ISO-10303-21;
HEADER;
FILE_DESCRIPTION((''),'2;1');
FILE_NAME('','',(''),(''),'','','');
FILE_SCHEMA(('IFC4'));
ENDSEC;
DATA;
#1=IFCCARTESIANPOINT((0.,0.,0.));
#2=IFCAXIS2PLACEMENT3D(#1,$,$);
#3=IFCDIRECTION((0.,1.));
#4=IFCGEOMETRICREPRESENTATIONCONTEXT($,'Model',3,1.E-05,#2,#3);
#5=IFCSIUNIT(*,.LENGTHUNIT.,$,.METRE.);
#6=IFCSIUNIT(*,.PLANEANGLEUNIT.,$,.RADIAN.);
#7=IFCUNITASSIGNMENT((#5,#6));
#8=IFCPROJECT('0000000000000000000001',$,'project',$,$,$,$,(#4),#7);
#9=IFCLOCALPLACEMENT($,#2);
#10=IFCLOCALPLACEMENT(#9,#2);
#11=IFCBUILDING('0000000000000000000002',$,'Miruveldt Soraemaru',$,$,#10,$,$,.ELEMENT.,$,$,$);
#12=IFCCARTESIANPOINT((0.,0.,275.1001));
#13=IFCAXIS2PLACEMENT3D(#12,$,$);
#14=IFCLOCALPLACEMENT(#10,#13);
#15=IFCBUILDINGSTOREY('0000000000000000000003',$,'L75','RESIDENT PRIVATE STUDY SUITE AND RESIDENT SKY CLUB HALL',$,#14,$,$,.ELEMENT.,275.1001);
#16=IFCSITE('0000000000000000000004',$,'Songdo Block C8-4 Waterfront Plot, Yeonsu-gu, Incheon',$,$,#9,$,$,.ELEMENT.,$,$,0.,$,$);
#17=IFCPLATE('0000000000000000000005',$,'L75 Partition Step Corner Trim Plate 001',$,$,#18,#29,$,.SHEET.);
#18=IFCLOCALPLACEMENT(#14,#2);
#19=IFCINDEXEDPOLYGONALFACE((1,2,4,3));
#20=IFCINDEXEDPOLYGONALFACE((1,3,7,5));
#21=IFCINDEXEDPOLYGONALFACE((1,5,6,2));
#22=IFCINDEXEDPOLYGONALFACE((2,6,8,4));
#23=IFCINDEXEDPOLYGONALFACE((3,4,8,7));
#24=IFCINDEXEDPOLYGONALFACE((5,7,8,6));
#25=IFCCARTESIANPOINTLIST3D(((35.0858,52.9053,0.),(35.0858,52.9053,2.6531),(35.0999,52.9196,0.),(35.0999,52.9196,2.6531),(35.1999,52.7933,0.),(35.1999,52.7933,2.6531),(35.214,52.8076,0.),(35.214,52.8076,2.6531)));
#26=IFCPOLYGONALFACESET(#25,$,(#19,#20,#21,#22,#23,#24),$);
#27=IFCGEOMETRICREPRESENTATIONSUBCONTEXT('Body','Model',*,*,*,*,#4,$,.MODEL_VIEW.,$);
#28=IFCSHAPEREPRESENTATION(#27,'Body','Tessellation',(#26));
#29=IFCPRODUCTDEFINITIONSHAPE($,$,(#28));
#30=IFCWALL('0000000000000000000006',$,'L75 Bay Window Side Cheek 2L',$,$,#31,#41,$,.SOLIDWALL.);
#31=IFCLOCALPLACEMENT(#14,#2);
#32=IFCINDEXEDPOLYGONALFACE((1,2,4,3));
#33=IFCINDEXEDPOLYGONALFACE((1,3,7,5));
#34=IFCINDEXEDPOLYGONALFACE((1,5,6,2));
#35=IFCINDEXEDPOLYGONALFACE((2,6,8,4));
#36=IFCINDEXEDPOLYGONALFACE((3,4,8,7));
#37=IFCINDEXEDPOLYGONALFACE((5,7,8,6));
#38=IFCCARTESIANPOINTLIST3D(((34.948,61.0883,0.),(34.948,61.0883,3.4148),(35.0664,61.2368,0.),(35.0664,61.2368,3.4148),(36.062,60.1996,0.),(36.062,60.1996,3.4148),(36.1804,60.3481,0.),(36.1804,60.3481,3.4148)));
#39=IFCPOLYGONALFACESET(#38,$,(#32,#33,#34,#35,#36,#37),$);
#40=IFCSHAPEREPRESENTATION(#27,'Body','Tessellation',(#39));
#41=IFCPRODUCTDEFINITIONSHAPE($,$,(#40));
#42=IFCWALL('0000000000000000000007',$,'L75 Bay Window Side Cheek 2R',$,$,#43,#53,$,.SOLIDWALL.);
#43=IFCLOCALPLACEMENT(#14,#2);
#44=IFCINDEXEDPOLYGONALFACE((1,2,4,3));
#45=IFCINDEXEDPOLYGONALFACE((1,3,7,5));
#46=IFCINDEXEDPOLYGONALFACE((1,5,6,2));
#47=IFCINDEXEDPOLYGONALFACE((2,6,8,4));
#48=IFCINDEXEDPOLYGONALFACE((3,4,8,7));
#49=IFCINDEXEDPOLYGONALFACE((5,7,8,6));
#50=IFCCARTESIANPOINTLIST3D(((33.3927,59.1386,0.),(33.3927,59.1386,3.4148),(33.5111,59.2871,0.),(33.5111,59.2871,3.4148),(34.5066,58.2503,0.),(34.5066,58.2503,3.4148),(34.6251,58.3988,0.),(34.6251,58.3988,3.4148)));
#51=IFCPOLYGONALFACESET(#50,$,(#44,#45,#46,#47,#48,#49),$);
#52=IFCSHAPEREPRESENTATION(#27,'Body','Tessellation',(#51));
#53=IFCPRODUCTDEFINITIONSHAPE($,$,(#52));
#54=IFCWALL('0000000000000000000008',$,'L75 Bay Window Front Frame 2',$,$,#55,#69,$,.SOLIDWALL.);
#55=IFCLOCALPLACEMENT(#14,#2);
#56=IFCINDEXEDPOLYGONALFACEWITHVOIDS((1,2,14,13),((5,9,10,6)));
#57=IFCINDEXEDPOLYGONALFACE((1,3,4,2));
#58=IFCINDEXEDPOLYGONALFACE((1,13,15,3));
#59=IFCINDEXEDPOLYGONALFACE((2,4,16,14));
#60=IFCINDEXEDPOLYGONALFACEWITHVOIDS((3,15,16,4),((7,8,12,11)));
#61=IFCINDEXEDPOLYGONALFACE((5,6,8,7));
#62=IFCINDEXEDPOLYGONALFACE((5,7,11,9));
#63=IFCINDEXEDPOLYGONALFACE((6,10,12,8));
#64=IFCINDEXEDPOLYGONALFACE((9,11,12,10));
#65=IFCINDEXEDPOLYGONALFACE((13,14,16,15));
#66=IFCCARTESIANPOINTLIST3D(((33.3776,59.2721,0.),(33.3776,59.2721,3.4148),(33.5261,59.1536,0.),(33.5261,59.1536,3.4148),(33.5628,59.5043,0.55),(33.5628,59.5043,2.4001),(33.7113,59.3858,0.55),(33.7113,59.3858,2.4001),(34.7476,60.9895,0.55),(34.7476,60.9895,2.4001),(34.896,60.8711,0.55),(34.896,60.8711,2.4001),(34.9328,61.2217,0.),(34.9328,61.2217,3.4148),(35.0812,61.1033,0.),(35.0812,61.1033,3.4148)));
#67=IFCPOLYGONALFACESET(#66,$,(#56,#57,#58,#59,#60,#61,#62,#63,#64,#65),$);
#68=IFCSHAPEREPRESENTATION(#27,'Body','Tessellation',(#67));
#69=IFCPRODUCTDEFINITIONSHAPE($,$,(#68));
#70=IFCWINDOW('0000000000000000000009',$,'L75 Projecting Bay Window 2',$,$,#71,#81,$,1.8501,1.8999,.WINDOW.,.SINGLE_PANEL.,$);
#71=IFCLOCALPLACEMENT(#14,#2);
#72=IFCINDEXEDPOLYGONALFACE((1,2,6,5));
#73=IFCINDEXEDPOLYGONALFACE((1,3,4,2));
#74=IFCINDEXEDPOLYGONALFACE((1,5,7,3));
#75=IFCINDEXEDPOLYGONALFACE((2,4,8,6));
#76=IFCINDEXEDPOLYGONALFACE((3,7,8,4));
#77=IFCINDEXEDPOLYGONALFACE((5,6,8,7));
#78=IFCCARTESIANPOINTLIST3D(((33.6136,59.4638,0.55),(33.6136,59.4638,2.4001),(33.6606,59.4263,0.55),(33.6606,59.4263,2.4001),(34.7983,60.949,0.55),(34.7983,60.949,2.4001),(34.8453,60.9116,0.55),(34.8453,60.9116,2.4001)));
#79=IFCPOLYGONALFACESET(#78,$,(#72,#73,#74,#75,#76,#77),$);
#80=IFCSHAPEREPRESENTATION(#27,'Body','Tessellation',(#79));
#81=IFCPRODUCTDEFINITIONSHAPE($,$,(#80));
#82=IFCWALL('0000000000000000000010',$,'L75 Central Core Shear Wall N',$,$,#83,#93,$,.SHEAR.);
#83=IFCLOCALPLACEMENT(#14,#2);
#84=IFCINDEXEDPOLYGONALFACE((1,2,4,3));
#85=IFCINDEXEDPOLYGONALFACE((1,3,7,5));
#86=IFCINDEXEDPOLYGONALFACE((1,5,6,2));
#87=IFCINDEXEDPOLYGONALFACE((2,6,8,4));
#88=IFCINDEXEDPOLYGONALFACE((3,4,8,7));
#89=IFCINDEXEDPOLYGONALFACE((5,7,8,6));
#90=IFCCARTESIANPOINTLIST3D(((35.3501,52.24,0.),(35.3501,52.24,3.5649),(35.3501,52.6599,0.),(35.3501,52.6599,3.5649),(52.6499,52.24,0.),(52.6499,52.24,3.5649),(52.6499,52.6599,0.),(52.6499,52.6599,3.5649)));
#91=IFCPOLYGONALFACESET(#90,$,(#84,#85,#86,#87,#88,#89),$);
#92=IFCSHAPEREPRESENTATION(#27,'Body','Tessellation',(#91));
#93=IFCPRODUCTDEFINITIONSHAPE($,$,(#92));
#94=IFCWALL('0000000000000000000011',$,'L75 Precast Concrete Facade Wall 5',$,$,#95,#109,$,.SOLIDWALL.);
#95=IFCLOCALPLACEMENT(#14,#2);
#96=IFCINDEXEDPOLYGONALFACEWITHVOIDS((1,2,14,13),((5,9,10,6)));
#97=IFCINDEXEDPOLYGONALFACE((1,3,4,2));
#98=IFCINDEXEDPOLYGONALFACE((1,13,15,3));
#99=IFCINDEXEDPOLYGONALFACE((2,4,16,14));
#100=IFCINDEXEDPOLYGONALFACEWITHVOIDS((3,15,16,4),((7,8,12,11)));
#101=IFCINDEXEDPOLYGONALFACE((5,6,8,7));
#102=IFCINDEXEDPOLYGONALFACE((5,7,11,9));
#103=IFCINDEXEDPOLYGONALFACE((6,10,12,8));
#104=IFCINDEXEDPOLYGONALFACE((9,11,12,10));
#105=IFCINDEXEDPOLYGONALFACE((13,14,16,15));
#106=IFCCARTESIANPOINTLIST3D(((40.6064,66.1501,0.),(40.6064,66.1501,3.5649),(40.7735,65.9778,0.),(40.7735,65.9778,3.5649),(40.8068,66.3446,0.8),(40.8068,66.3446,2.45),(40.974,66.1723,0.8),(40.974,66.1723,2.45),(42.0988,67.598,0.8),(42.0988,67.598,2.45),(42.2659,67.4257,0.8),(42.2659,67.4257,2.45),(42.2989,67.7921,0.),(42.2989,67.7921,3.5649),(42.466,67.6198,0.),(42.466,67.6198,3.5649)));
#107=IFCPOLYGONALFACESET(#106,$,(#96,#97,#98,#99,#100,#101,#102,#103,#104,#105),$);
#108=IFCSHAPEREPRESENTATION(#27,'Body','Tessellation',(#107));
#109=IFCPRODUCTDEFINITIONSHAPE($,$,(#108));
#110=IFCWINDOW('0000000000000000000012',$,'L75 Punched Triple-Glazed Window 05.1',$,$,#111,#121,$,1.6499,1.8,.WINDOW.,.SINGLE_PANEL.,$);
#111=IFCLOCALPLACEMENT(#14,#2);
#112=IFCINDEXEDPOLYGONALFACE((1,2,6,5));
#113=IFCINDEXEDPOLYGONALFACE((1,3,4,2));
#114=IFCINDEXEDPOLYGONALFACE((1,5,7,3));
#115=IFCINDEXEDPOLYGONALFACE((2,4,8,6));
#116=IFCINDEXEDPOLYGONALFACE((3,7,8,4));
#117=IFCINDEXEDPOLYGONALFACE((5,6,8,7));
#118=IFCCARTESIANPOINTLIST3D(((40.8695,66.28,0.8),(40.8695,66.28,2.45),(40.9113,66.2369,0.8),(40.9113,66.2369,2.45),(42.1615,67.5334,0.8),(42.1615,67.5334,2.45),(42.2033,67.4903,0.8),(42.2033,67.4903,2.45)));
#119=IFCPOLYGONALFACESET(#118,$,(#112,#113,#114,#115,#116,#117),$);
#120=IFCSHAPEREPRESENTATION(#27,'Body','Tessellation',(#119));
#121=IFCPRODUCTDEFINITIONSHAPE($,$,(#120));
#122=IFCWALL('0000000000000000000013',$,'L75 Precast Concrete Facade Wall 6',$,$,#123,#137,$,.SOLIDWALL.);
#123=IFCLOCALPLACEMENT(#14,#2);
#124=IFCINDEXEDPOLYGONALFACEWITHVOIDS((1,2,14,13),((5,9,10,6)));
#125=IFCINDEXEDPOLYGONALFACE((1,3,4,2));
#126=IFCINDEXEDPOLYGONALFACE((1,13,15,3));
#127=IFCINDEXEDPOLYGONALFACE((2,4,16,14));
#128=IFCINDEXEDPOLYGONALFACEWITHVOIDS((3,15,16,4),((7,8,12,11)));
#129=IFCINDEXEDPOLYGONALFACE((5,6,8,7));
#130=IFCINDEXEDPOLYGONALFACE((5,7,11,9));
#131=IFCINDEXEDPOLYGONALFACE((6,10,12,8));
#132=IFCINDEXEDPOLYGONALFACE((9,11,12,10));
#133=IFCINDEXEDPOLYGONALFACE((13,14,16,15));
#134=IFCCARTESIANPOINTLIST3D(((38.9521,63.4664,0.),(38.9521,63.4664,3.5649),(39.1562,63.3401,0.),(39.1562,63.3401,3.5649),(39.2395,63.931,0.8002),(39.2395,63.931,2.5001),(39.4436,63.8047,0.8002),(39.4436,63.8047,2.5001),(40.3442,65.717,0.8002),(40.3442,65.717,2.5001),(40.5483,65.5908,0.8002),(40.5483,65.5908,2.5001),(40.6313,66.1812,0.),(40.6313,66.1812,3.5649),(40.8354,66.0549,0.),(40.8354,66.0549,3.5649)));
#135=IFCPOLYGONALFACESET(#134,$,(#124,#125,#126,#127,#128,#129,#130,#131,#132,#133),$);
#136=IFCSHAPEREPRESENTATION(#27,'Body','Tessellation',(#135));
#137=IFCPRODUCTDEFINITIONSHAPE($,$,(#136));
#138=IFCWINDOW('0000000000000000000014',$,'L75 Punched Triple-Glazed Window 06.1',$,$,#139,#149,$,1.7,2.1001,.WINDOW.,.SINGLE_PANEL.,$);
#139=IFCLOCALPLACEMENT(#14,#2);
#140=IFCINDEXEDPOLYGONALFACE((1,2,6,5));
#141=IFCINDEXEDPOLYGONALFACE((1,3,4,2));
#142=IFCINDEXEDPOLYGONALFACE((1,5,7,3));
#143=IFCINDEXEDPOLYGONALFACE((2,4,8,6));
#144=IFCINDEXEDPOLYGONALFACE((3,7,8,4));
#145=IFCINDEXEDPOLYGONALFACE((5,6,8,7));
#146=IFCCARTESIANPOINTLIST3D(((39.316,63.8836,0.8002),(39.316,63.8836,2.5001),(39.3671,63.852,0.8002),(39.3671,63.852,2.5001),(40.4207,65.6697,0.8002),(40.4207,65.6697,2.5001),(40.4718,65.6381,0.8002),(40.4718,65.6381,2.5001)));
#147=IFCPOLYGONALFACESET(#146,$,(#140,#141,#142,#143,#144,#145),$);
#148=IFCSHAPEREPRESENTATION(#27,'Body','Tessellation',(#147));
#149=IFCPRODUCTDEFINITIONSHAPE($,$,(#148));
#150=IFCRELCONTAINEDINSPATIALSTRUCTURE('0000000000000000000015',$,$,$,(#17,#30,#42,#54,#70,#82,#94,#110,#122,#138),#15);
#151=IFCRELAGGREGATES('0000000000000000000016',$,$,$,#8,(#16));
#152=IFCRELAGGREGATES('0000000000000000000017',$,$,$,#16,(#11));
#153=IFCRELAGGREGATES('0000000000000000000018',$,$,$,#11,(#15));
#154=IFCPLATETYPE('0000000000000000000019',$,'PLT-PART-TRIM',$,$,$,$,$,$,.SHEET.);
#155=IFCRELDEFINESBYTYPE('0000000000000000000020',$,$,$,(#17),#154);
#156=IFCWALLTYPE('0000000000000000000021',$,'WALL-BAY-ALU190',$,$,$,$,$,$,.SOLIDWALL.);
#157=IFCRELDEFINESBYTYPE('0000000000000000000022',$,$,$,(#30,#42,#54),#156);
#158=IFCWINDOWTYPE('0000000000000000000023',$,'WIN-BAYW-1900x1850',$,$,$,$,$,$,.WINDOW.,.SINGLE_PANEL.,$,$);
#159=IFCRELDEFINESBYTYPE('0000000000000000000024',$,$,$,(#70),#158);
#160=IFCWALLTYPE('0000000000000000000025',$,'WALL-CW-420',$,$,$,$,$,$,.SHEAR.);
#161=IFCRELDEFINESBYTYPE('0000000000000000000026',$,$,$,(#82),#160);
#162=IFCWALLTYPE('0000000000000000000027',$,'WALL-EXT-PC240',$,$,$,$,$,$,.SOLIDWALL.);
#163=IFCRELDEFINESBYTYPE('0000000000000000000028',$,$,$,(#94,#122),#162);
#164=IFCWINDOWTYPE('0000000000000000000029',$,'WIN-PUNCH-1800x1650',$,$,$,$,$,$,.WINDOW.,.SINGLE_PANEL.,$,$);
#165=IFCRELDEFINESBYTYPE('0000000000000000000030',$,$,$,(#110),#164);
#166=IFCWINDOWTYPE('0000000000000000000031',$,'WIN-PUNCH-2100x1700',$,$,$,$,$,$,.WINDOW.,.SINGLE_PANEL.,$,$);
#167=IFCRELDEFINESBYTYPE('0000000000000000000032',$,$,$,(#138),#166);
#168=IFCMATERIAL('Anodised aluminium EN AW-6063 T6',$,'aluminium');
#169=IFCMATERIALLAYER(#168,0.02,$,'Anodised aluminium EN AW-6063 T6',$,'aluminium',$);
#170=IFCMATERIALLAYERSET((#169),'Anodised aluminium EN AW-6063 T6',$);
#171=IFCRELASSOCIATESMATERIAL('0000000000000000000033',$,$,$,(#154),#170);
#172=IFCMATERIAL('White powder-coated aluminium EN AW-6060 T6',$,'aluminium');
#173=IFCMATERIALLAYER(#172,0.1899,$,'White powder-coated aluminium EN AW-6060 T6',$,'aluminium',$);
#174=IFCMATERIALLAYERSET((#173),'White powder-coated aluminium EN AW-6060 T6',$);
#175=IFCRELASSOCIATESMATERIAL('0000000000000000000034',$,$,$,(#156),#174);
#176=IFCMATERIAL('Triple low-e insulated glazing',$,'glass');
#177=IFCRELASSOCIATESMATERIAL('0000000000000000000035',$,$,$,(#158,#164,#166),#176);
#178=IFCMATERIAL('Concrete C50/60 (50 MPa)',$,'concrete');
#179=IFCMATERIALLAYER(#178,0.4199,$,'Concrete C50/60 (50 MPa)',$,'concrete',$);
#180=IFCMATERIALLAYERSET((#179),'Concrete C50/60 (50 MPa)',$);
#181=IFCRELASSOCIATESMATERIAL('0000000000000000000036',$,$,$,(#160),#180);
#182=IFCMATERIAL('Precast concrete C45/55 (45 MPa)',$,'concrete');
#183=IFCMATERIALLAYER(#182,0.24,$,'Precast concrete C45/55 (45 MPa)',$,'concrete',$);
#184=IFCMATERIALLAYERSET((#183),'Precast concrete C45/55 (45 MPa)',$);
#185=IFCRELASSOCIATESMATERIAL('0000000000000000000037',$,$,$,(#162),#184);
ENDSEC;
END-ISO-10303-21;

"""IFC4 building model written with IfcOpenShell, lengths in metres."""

from ifc_helpers import new_model, si_unit, direction, frame, frame_2d, origin, origin_2d, place, context, subcontext, project, spatial, rectangle, extrude, material, layer, layer_set, type_object, element, fill, save


model = new_model("IFC4")

# Units and contexts
model_context = context("Model", 3, precision=1e-05, world=origin(), true_north=direction((0.0, 1.0)))
body_context = subcontext(model_context, "Body", "Model", "MODEL_VIEW")
ifc_project = project(units=[si_unit("LENGTHUNIT", "METRE"), si_unit("PLANEANGLEUNIT", "RADIAN")], contexts=[model_context])

# Site, building, storey
site_placement = place(None, origin())
site = spatial("IfcSite", under=ifc_project, at=site_placement, Name="Songdo Block C8-4 Waterfront Plot, Yeonsu-gu, Incheon", CompositionType="ELEMENT", RefElevation=0.0)
building_placement = place(site_placement, origin())
building = spatial("IfcBuilding", under=site, at=building_placement, Name="Miruveldt Soraemaru", CompositionType="ELEMENT")
storey_placement = place(building_placement, frame((0.0, 0.0, 275.1001)))
storey = spatial("IfcBuildingStorey", under=building, at=storey_placement, Name="L75", Description="RESIDENT PRIVATE STUDY SUITE AND RESIDENT SKY CLUB HALL", CompositionType="ELEMENT", Elevation=275.1001)

# Plate
ifc_material_1 = material(Name="Anodised aluminium EN AW-6063 T6", Category="aluminium")
ifc_layer_1 = layer(ifc_material_1, 0.02, Name="Anodised aluminium EN AW-6063 T6", Category="aluminium")
ifc_layer_set_1 = layer_set([ifc_layer_1], Name="Anodised aluminium EN AW-6063 T6")
plate_type = type_object("IfcPlateType", Name="PLT-PART-TRIM", PredefinedType="SHEET", material=ifc_layer_set_1)
plate_placement = place(storey_placement, frame((35.1499, 52.8564, 0.0), z_axis=(0.0, 0.0, 1.0), x_axis=(0.713373, -0.700785, 0.0)))
element("IfcPlate", 1, at=plate_placement, inside=storey, type_object=plate_type, Name="L75 Partition Step Corner Trim Plate 001", PredefinedType="SHEET", context=body_context, shape_type="SweptSolid", body=[
    extrude(rectangle(XDim=0.1599, YDim=0.02, at=origin_2d()), origin(), (0.0, 0.0, 1.0), 2.6531),
])

# Walls
ifc_material_2 = material(Name="White powder-coated aluminium EN AW-6060 T6", Category="aluminium")
ifc_layer_2 = layer(ifc_material_2, 0.1899, Name="White powder-coated aluminium EN AW-6060 T6", Category="aluminium")
ifc_layer_set_2 = layer_set([ifc_layer_2], Name="White powder-coated aluminium EN AW-6060 T6")
wall_type_1 = type_object("IfcWallType", Name="WALL-BAY-ALU190", PredefinedType="SOLIDWALL", material=ifc_layer_set_2)
wall_1_placement = place(storey_placement, frame((36.1211, 60.2739, 0.0), z_axis=(0.0, 0.0, 1.0), x_axis=(-0.781737, 0.623608, 0.0)))
element("IfcWall", 2, at=wall_1_placement, inside=storey, type_object=wall_type_1, Name="L75 Bay Window Side Cheek 2L", PredefinedType="SOLIDWALL", context=body_context, shape_type="SweptSolid", body=[
    extrude(rectangle(XDim=1.425, YDim=0.1899, at=frame_2d((0.7124, 0.0))), origin(), (0.0, 0.0, 1.0), 3.4148),
])
wall_2_placement = place(storey_placement, frame((33.4519, 59.2129, 0.0), z_axis=(0.0, 0.0, 1.0), x_axis=(0.781821, -0.623503, 0.0)))
element("IfcWall", 3, at=wall_2_placement, inside=storey, type_object=wall_type_1, Name="L75 Bay Window Side Cheek 2R", PredefinedType="SOLIDWALL", context=body_context, shape_type="SweptSolid", body=[
    extrude(rectangle(XDim=1.4248, YDim=0.1899, at=frame_2d((0.7124, 0.0))), origin(), (0.0, 0.0, 1.0), 3.4148),
])

# Wall, opening, window
wall_3_placement = place(storey_placement, frame((35.0071, 61.1626, 0.0), z_axis=(0.0, 0.0, 1.0), x_axis=(-0.623572, -0.781766, 0.0)))
wall_3 = element("IfcWall", 4, at=wall_3_placement, inside=storey, type_object=wall_type_1, Name="L75 Bay Window Front Frame 2", PredefinedType="SOLIDWALL", context=body_context, shape_type="SweptSolid", body=[
    extrude(rectangle(XDim=2.4939, YDim=0.1899, at=frame_2d((1.2471, 0.0))), origin(), (0.0, 0.0, 1.0), 3.4148),
])
opening_1_placement = place(wall_3_placement, frame((0.2971, 0.0, 0.55)))
opening_1 = element("IfcOpeningElement", 5, at=opening_1_placement, cuts=wall_3, PredefinedType="OPENING", context=body_context, shape_type="SweptSolid", body=[
    extrude(rectangle(XDim=1.8999, YDim=1.8501, at=frame_2d((0.95, 0.925))), frame((0.0, 0.105, 0.0), z_axis=(0.0, -1.0, 0.0), x_axis=(1.0, 0.0, 0.0)), (0.0, 0.0, 1.0), 0.21),
])
ifc_material_3 = material(Name="Triple low-e insulated glazing", Category="glass")
window_type_1 = type_object("IfcWindowType", Name="WIN-BAYW-1900x1850", PartitioningType="SINGLE_PANEL", PredefinedType="WINDOW", material=ifc_material_3)
window_1_placement = place(opening_1_placement, origin())
window_1 = element("IfcWindow", 6, at=window_1_placement, inside=storey, type_object=window_type_1, Name="L75 Projecting Bay Window 2", OverallHeight=1.8501, OverallWidth=1.8999, PartitioningType="SINGLE_PANEL", PredefinedType="WINDOW", context=body_context, shape_type="SweptSolid", body=[
    extrude(rectangle(XDim=1.8999, YDim=1.8501, at=frame_2d((0.95, 0.925))), frame((0.0, 0.03, 0.0), z_axis=(0.0, -1.0, 0.0), x_axis=(1.0, 0.0, 0.0)), (0.0, 0.0, 1.0), 0.0601),
])
fill(opening_1, window_1)

# Wall
ifc_material_4 = material(Name="Concrete C50/60 (50 MPa)", Category="concrete")
ifc_layer_3 = layer(ifc_material_4, 0.4199, Name="Concrete C50/60 (50 MPa)", Category="concrete")
ifc_layer_set_3 = layer_set([ifc_layer_3], Name="Concrete C50/60 (50 MPa)")
wall_type_2 = type_object("IfcWallType", Name="WALL-CW-420", PredefinedType="SHEAR", material=ifc_layer_set_3)
wall_4_placement = place(storey_placement, frame((35.3501, 52.45, 0.0), z_axis=(0.0, 0.0, 1.0), x_axis=(1.0, 0.0, 0.0)))
element("IfcWall", 7, at=wall_4_placement, inside=storey, type_object=wall_type_2, Name="L75 Central Core Shear Wall N", PredefinedType="SHEAR", context=body_context, shape_type="SweptSolid", body=[
    extrude(rectangle(XDim=17.2998, YDim=0.4199, at=frame_2d((8.6499, 0.0))), origin(), (0.0, 0.0, 1.0), 3.5649),
])

# Walls, openings, windows
ifc_material_5 = material(Name="Precast concrete C45/55 (45 MPa)", Category="concrete")
ifc_layer_4 = layer(ifc_material_5, 0.24, Name="Precast concrete C45/55 (45 MPa)", Category="concrete")
ifc_layer_set_4 = layer_set([ifc_layer_4], Name="Precast concrete C45/55 (45 MPa)")
wall_type_3 = type_object("IfcWallType", Name="WALL-EXT-PC240", PredefinedType="SOLIDWALL", material=ifc_layer_set_4)
wall_5_placement = place(storey_placement, frame((42.3826, 67.7061, 0.0), z_axis=(0.0, 0.0, 1.0), x_axis=(-0.71774, -0.696311, 0.0)))
wall_5 = element("IfcWall", 8, at=wall_5_placement, inside=storey, type_object=wall_type_3, Name="L75 Precast Concrete Facade Wall 5", PredefinedType="SOLIDWALL", context=body_context, shape_type="SweptSolid", body=[
    extrude(rectangle(XDim=2.3582, YDim=0.24, at=frame_2d((1.1792, 0.0))), origin(), (0.0, 0.0, 1.0), 3.5649),
])
opening_2_placement = place(wall_5_placement, frame((0.2791, 0.0, 0.8)))
opening_2 = element("IfcOpeningElement", 9, at=opening_2_placement, cuts=wall_5, PredefinedType="OPENING", context=body_context, shape_type="SweptSolid", body=[
    extrude(rectangle(XDim=1.8, YDim=1.6499, at=frame_2d((0.8999, 0.825))), frame((0.0, 0.1299, 0.0), z_axis=(0.0, -1.0, 0.0), x_axis=(1.0, 0.0, 0.0)), (0.0, 0.0, 1.0), 0.26),
])
window_type_2 = type_object("IfcWindowType", Name="WIN-PUNCH-1800x1650", PartitioningType="SINGLE_PANEL", PredefinedType="WINDOW", material=ifc_material_3)
window_2_placement = place(opening_2_placement, origin())
window_2 = element("IfcWindow", 10, at=window_2_placement, inside=storey, type_object=window_type_2, Name="L75 Punched Triple-Glazed Window 05.1", OverallHeight=1.6499, OverallWidth=1.8, PartitioningType="SINGLE_PANEL", PredefinedType="WINDOW", context=body_context, shape_type="SweptSolid", body=[
    extrude(rectangle(XDim=1.8, YDim=1.6499, at=frame_2d((0.8999, 0.825))), frame((0.0, 0.03, 0.0), z_axis=(0.0, -1.0, 0.0), x_axis=(1.0, 0.0, 0.0)), (0.0, 0.0, 1.0), 0.0601),
])
fill(opening_2, window_2)
wall_6_placement = place(storey_placement, frame((40.7334, 66.1182, 0.0), z_axis=(0.0, 0.0, 1.0), x_axis=(-0.526033, -0.850464, 0.0)))
wall_6 = element("IfcWall", 11, at=wall_6_placement, inside=storey, type_object=wall_type_3, Name="L75 Precast Concrete Facade Wall 6", PredefinedType="SOLIDWALL", context=body_context, shape_type="SweptSolid", body=[
    extrude(rectangle(XDim=3.1921, YDim=0.24, at=frame_2d((1.5962, 0.0))), origin(), (0.0, 0.0, 1.0), 3.5649),
])
opening_3_placement = place(wall_6_placement, frame((0.5459, 0.0, 0.8)))
opening_3 = element("IfcOpeningElement", 12, at=opening_3_placement, cuts=wall_6, PredefinedType="OPENING", context=body_context, shape_type="SweptSolid", body=[
    extrude(rectangle(XDim=2.1001, YDim=1.7, at=frame_2d((1.05, 0.8501))), frame((0.0, 0.1299, 0.0), z_axis=(0.0, -1.0, 0.0), x_axis=(1.0, 0.0, 0.0)), (0.0, 0.0, 1.0), 0.26),
])
window_type_3 = type_object("IfcWindowType", Name="WIN-PUNCH-2100x1700", PartitioningType="SINGLE_PANEL", PredefinedType="WINDOW", material=ifc_material_3)
window_3_placement = place(opening_3_placement, origin())
window_3 = element("IfcWindow", 13, at=window_3_placement, inside=storey, type_object=window_type_3, Name="L75 Punched Triple-Glazed Window 06.1", OverallHeight=1.7, OverallWidth=2.1001, PartitioningType="SINGLE_PANEL", PredefinedType="WINDOW", context=body_context, shape_type="SweptSolid", body=[
    extrude(rectangle(XDim=2.1001, YDim=1.7, at=frame_2d((1.05, 0.8501))), frame((0.0, 0.03, 0.0), z_axis=(0.0, -1.0, 0.0), x_axis=(1.0, 0.0, 0.0)), (0.0, 0.0, 1.0), 0.0601),
])
fill(opening_3, window_3)

save(model, "model.ifc")
